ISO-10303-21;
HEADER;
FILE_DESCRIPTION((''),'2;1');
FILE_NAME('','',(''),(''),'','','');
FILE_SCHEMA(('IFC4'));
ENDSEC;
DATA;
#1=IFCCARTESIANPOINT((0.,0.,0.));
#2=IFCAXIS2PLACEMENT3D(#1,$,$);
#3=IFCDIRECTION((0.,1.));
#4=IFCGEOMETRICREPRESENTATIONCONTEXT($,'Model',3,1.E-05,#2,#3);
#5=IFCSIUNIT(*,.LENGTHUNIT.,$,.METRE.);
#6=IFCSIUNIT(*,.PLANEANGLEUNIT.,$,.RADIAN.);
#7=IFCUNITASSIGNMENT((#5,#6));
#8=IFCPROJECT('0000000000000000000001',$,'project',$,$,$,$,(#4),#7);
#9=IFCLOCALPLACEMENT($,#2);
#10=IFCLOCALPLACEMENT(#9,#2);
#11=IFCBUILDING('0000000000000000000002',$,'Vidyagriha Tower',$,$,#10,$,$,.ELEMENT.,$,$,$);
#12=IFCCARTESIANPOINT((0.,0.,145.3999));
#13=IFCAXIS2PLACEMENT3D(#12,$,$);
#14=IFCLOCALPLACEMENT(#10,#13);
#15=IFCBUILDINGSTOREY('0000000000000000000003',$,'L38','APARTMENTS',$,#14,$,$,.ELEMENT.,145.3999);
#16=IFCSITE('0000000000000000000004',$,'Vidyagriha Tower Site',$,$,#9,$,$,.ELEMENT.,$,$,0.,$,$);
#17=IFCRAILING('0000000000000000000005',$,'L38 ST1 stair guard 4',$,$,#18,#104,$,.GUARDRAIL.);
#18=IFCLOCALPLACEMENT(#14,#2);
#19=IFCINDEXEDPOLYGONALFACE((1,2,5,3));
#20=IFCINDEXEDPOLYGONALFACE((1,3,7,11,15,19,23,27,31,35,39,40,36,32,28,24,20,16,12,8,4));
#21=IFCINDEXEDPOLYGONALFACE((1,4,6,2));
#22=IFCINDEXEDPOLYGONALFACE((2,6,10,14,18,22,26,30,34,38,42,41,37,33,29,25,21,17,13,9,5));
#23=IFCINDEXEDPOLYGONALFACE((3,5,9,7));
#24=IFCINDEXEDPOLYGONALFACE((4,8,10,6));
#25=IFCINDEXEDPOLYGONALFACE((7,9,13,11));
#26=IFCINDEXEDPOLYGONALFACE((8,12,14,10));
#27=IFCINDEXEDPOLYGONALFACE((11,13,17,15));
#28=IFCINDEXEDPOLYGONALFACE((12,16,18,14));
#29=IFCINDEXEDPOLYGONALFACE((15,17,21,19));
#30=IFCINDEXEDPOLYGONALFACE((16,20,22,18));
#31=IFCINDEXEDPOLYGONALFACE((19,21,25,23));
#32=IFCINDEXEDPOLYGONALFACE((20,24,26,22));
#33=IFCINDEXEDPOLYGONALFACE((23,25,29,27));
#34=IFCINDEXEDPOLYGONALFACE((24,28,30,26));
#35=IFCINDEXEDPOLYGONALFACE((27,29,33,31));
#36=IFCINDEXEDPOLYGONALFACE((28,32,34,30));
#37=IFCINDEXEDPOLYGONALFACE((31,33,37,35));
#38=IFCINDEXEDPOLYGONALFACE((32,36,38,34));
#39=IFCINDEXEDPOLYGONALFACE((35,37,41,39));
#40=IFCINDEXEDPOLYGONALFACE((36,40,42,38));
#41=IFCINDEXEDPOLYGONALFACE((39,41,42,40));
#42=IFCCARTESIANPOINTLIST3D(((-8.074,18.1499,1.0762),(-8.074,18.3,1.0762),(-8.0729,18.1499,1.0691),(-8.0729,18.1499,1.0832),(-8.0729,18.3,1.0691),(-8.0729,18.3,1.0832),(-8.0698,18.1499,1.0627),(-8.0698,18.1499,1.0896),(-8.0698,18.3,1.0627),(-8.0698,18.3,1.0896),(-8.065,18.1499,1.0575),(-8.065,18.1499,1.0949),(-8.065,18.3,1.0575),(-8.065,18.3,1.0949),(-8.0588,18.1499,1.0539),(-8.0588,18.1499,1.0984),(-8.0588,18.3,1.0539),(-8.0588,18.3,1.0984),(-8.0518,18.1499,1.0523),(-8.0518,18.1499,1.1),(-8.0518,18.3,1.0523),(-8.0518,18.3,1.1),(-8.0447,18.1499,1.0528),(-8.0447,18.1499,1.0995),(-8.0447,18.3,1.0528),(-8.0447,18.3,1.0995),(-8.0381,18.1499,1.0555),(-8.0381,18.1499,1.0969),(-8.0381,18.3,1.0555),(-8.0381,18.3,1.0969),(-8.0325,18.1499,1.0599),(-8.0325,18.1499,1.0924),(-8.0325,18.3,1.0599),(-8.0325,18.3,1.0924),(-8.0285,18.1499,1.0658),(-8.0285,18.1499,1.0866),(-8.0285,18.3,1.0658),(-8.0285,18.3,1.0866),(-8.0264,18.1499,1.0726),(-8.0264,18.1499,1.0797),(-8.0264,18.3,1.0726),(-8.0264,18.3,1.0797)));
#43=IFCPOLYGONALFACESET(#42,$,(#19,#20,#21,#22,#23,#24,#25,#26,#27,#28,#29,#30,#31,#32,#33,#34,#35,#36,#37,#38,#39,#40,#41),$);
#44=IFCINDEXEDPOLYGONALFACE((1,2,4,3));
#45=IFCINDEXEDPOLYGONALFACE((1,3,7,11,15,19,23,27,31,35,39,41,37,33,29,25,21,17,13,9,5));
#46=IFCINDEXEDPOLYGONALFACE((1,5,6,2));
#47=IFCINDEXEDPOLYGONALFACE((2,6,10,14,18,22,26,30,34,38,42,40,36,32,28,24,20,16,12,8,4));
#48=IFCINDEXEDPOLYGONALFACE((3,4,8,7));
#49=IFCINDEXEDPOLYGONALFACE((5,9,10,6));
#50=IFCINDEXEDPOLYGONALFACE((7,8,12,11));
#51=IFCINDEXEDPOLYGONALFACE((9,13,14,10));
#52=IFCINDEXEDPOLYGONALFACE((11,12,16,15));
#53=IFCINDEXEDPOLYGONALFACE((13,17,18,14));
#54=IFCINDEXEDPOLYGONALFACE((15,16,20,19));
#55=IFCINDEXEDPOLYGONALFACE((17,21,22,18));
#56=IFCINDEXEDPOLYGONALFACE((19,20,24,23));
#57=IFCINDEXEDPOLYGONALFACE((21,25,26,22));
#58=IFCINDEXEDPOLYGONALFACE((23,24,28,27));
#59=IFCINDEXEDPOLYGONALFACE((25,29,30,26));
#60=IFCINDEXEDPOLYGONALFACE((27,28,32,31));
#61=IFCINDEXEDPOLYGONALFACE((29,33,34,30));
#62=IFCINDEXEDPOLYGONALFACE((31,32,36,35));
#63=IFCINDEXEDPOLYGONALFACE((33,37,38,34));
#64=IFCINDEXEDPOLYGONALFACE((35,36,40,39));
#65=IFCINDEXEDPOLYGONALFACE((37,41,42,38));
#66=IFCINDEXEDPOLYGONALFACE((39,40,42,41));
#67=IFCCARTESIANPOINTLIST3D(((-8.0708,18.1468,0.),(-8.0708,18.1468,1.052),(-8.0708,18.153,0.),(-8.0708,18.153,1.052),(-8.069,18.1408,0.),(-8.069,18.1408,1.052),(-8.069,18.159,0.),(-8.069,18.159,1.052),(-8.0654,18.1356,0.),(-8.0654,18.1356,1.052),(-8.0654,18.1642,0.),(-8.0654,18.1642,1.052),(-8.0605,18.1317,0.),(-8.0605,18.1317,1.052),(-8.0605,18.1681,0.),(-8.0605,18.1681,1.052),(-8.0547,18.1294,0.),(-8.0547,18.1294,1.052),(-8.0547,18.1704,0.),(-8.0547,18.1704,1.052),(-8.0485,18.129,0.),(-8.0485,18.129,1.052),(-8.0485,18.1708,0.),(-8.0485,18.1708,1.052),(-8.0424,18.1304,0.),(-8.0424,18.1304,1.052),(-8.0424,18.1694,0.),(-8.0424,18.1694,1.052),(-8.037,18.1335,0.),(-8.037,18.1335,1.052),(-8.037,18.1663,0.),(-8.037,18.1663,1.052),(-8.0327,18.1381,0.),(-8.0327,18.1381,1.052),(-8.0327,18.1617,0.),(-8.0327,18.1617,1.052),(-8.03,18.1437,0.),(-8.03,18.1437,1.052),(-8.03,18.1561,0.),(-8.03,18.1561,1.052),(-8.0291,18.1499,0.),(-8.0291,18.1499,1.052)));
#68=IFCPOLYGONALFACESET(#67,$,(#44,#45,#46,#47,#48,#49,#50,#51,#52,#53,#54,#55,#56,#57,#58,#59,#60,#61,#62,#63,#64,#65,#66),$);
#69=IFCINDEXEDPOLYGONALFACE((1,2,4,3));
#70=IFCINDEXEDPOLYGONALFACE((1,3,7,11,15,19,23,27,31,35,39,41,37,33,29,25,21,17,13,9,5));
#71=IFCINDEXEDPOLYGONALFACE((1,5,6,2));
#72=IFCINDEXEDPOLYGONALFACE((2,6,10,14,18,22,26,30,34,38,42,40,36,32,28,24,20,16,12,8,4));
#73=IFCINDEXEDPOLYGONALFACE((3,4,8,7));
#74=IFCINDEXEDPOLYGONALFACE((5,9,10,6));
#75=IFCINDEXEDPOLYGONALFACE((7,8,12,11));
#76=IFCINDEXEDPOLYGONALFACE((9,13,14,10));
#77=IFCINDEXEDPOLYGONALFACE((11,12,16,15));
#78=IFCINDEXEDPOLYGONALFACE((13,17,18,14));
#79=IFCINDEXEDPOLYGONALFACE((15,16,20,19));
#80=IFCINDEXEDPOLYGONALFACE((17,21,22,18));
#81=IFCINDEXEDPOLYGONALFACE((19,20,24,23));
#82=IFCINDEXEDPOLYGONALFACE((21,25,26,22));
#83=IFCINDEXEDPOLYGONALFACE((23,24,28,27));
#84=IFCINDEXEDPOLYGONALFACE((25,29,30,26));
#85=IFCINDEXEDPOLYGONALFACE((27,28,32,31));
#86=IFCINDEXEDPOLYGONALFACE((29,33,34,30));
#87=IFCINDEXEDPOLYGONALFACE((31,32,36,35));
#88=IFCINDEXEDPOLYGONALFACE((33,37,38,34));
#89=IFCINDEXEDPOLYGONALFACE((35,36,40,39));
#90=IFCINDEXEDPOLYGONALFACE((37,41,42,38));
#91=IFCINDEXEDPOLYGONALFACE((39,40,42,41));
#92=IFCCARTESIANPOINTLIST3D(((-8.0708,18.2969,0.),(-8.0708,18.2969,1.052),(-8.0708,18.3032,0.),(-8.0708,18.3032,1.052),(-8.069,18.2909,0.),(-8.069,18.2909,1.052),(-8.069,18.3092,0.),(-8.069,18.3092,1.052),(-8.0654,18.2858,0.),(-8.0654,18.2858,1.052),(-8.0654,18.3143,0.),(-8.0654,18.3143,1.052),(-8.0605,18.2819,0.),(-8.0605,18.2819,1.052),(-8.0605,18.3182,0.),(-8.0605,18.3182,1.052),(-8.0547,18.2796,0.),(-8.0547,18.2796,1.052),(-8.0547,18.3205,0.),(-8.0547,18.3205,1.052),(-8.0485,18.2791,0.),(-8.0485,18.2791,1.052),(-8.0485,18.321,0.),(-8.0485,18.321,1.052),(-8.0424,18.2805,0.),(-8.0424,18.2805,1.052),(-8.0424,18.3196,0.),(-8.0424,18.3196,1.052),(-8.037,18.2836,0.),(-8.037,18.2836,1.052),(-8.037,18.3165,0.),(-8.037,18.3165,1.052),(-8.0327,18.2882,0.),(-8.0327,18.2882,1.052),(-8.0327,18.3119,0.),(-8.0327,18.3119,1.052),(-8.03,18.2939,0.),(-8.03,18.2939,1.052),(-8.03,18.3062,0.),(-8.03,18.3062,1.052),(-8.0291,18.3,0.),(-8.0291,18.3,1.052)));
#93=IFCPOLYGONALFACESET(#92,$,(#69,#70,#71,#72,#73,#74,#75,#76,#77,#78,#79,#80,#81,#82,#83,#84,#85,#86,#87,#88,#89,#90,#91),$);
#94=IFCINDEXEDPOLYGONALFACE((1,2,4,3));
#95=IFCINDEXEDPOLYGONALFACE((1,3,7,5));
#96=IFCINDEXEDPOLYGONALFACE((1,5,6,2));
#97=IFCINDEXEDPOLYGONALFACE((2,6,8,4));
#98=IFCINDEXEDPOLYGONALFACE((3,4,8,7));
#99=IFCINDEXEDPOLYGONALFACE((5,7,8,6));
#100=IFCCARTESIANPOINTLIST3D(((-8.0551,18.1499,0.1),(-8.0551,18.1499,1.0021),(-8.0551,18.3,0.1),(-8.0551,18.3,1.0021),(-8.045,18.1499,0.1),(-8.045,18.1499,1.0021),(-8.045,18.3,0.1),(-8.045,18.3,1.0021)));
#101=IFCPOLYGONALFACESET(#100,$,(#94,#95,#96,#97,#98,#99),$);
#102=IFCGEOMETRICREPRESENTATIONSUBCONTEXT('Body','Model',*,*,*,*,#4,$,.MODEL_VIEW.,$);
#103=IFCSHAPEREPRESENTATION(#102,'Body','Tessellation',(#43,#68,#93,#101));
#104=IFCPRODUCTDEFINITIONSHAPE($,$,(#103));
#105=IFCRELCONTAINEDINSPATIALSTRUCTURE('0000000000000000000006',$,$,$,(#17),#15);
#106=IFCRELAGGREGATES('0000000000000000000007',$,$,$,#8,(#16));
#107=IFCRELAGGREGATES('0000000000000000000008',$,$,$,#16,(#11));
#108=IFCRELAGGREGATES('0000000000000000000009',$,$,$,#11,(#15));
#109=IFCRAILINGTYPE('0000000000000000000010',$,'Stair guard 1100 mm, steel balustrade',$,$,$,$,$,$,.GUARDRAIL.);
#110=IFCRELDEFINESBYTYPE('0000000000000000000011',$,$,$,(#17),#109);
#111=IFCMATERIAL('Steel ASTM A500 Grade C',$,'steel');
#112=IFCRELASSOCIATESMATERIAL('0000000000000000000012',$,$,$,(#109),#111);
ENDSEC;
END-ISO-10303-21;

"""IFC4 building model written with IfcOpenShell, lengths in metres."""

from ifc_helpers import new_model, si_unit, direction, frame, origin, origin_2d, place, context, subcontext, project, spatial, rectangle, circle, extrude, material, type_object, element, save


model = new_model("IFC4")

# Units and contexts
model_context = context("Model", 3, precision=1e-05, world=origin(), true_north=direction((0.0, 1.0)))
body_context = subcontext(model_context, "Body", "Model", "MODEL_VIEW")
ifc_project = project(units=[si_unit("LENGTHUNIT", "METRE"), si_unit("PLANEANGLEUNIT", "RADIAN")], contexts=[model_context])

# Site, building, storey
site_placement = place(None, origin())
site = spatial("IfcSite", under=ifc_project, at=site_placement, Name="Vidyagriha Tower Site", CompositionType="ELEMENT", RefElevation=0.0)
building_placement = place(site_placement, origin())
building = spatial("IfcBuilding", under=site, at=building_placement, Name="Vidyagriha Tower", CompositionType="ELEMENT")
storey_placement = place(building_placement, frame((0.0, 0.0, 145.3999)))
storey = spatial("IfcBuildingStorey", under=building, at=storey_placement, Name="L38", Description="APARTMENTS", CompositionType="ELEMENT", Elevation=145.3999)

# Railing
ifc_material_1 = material(Name="Steel ASTM A500 Grade C", Category="steel")
railing_type_1 = type_object("IfcRailingType", Name="Stair guard 1100 mm, steel balustrade", PredefinedType="GUARDRAIL", material=ifc_material_1)
railing_1_placement = place(storey_placement, frame((-8.05, 18.1499, 0.0)))
element("IfcRailing", 1, at=railing_1_placement, inside=storey, type_object=railing_type_1, Name="L38 ST1 stair guard 4", PredefinedType="GUARDRAIL", context=body_context, shape_type="SweptSolid", body=[
    extrude(circle(Radius=0.0239, at=origin_2d()), frame((0.0, 0.0, 1.0762), z_axis=(0.0, 1.0, 0.0), x_axis=(-1.0, 0.0, 0.0)), (0.0, 0.0, 1.0), 0.1501),
    extrude(circle(Radius=0.021, at=origin_2d()), origin(), (0.0, 0.0, 1.0), 1.052),
    extrude(circle(Radius=0.021, at=origin_2d()), frame((0.0, 0.1501, 0.0)), (0.0, 0.0, 1.0), 1.052),
    extrude(rectangle(XDim=0.01, YDim=0.9021, at=origin_2d()), frame((0.0, 0.0, 0.551), z_axis=(0.0, 1.0, 0.0), x_axis=(-1.0, 0.0, 0.0)), (0.0, 0.0, 1.0), 0.1501),
])

save(model, "model.ifc")
